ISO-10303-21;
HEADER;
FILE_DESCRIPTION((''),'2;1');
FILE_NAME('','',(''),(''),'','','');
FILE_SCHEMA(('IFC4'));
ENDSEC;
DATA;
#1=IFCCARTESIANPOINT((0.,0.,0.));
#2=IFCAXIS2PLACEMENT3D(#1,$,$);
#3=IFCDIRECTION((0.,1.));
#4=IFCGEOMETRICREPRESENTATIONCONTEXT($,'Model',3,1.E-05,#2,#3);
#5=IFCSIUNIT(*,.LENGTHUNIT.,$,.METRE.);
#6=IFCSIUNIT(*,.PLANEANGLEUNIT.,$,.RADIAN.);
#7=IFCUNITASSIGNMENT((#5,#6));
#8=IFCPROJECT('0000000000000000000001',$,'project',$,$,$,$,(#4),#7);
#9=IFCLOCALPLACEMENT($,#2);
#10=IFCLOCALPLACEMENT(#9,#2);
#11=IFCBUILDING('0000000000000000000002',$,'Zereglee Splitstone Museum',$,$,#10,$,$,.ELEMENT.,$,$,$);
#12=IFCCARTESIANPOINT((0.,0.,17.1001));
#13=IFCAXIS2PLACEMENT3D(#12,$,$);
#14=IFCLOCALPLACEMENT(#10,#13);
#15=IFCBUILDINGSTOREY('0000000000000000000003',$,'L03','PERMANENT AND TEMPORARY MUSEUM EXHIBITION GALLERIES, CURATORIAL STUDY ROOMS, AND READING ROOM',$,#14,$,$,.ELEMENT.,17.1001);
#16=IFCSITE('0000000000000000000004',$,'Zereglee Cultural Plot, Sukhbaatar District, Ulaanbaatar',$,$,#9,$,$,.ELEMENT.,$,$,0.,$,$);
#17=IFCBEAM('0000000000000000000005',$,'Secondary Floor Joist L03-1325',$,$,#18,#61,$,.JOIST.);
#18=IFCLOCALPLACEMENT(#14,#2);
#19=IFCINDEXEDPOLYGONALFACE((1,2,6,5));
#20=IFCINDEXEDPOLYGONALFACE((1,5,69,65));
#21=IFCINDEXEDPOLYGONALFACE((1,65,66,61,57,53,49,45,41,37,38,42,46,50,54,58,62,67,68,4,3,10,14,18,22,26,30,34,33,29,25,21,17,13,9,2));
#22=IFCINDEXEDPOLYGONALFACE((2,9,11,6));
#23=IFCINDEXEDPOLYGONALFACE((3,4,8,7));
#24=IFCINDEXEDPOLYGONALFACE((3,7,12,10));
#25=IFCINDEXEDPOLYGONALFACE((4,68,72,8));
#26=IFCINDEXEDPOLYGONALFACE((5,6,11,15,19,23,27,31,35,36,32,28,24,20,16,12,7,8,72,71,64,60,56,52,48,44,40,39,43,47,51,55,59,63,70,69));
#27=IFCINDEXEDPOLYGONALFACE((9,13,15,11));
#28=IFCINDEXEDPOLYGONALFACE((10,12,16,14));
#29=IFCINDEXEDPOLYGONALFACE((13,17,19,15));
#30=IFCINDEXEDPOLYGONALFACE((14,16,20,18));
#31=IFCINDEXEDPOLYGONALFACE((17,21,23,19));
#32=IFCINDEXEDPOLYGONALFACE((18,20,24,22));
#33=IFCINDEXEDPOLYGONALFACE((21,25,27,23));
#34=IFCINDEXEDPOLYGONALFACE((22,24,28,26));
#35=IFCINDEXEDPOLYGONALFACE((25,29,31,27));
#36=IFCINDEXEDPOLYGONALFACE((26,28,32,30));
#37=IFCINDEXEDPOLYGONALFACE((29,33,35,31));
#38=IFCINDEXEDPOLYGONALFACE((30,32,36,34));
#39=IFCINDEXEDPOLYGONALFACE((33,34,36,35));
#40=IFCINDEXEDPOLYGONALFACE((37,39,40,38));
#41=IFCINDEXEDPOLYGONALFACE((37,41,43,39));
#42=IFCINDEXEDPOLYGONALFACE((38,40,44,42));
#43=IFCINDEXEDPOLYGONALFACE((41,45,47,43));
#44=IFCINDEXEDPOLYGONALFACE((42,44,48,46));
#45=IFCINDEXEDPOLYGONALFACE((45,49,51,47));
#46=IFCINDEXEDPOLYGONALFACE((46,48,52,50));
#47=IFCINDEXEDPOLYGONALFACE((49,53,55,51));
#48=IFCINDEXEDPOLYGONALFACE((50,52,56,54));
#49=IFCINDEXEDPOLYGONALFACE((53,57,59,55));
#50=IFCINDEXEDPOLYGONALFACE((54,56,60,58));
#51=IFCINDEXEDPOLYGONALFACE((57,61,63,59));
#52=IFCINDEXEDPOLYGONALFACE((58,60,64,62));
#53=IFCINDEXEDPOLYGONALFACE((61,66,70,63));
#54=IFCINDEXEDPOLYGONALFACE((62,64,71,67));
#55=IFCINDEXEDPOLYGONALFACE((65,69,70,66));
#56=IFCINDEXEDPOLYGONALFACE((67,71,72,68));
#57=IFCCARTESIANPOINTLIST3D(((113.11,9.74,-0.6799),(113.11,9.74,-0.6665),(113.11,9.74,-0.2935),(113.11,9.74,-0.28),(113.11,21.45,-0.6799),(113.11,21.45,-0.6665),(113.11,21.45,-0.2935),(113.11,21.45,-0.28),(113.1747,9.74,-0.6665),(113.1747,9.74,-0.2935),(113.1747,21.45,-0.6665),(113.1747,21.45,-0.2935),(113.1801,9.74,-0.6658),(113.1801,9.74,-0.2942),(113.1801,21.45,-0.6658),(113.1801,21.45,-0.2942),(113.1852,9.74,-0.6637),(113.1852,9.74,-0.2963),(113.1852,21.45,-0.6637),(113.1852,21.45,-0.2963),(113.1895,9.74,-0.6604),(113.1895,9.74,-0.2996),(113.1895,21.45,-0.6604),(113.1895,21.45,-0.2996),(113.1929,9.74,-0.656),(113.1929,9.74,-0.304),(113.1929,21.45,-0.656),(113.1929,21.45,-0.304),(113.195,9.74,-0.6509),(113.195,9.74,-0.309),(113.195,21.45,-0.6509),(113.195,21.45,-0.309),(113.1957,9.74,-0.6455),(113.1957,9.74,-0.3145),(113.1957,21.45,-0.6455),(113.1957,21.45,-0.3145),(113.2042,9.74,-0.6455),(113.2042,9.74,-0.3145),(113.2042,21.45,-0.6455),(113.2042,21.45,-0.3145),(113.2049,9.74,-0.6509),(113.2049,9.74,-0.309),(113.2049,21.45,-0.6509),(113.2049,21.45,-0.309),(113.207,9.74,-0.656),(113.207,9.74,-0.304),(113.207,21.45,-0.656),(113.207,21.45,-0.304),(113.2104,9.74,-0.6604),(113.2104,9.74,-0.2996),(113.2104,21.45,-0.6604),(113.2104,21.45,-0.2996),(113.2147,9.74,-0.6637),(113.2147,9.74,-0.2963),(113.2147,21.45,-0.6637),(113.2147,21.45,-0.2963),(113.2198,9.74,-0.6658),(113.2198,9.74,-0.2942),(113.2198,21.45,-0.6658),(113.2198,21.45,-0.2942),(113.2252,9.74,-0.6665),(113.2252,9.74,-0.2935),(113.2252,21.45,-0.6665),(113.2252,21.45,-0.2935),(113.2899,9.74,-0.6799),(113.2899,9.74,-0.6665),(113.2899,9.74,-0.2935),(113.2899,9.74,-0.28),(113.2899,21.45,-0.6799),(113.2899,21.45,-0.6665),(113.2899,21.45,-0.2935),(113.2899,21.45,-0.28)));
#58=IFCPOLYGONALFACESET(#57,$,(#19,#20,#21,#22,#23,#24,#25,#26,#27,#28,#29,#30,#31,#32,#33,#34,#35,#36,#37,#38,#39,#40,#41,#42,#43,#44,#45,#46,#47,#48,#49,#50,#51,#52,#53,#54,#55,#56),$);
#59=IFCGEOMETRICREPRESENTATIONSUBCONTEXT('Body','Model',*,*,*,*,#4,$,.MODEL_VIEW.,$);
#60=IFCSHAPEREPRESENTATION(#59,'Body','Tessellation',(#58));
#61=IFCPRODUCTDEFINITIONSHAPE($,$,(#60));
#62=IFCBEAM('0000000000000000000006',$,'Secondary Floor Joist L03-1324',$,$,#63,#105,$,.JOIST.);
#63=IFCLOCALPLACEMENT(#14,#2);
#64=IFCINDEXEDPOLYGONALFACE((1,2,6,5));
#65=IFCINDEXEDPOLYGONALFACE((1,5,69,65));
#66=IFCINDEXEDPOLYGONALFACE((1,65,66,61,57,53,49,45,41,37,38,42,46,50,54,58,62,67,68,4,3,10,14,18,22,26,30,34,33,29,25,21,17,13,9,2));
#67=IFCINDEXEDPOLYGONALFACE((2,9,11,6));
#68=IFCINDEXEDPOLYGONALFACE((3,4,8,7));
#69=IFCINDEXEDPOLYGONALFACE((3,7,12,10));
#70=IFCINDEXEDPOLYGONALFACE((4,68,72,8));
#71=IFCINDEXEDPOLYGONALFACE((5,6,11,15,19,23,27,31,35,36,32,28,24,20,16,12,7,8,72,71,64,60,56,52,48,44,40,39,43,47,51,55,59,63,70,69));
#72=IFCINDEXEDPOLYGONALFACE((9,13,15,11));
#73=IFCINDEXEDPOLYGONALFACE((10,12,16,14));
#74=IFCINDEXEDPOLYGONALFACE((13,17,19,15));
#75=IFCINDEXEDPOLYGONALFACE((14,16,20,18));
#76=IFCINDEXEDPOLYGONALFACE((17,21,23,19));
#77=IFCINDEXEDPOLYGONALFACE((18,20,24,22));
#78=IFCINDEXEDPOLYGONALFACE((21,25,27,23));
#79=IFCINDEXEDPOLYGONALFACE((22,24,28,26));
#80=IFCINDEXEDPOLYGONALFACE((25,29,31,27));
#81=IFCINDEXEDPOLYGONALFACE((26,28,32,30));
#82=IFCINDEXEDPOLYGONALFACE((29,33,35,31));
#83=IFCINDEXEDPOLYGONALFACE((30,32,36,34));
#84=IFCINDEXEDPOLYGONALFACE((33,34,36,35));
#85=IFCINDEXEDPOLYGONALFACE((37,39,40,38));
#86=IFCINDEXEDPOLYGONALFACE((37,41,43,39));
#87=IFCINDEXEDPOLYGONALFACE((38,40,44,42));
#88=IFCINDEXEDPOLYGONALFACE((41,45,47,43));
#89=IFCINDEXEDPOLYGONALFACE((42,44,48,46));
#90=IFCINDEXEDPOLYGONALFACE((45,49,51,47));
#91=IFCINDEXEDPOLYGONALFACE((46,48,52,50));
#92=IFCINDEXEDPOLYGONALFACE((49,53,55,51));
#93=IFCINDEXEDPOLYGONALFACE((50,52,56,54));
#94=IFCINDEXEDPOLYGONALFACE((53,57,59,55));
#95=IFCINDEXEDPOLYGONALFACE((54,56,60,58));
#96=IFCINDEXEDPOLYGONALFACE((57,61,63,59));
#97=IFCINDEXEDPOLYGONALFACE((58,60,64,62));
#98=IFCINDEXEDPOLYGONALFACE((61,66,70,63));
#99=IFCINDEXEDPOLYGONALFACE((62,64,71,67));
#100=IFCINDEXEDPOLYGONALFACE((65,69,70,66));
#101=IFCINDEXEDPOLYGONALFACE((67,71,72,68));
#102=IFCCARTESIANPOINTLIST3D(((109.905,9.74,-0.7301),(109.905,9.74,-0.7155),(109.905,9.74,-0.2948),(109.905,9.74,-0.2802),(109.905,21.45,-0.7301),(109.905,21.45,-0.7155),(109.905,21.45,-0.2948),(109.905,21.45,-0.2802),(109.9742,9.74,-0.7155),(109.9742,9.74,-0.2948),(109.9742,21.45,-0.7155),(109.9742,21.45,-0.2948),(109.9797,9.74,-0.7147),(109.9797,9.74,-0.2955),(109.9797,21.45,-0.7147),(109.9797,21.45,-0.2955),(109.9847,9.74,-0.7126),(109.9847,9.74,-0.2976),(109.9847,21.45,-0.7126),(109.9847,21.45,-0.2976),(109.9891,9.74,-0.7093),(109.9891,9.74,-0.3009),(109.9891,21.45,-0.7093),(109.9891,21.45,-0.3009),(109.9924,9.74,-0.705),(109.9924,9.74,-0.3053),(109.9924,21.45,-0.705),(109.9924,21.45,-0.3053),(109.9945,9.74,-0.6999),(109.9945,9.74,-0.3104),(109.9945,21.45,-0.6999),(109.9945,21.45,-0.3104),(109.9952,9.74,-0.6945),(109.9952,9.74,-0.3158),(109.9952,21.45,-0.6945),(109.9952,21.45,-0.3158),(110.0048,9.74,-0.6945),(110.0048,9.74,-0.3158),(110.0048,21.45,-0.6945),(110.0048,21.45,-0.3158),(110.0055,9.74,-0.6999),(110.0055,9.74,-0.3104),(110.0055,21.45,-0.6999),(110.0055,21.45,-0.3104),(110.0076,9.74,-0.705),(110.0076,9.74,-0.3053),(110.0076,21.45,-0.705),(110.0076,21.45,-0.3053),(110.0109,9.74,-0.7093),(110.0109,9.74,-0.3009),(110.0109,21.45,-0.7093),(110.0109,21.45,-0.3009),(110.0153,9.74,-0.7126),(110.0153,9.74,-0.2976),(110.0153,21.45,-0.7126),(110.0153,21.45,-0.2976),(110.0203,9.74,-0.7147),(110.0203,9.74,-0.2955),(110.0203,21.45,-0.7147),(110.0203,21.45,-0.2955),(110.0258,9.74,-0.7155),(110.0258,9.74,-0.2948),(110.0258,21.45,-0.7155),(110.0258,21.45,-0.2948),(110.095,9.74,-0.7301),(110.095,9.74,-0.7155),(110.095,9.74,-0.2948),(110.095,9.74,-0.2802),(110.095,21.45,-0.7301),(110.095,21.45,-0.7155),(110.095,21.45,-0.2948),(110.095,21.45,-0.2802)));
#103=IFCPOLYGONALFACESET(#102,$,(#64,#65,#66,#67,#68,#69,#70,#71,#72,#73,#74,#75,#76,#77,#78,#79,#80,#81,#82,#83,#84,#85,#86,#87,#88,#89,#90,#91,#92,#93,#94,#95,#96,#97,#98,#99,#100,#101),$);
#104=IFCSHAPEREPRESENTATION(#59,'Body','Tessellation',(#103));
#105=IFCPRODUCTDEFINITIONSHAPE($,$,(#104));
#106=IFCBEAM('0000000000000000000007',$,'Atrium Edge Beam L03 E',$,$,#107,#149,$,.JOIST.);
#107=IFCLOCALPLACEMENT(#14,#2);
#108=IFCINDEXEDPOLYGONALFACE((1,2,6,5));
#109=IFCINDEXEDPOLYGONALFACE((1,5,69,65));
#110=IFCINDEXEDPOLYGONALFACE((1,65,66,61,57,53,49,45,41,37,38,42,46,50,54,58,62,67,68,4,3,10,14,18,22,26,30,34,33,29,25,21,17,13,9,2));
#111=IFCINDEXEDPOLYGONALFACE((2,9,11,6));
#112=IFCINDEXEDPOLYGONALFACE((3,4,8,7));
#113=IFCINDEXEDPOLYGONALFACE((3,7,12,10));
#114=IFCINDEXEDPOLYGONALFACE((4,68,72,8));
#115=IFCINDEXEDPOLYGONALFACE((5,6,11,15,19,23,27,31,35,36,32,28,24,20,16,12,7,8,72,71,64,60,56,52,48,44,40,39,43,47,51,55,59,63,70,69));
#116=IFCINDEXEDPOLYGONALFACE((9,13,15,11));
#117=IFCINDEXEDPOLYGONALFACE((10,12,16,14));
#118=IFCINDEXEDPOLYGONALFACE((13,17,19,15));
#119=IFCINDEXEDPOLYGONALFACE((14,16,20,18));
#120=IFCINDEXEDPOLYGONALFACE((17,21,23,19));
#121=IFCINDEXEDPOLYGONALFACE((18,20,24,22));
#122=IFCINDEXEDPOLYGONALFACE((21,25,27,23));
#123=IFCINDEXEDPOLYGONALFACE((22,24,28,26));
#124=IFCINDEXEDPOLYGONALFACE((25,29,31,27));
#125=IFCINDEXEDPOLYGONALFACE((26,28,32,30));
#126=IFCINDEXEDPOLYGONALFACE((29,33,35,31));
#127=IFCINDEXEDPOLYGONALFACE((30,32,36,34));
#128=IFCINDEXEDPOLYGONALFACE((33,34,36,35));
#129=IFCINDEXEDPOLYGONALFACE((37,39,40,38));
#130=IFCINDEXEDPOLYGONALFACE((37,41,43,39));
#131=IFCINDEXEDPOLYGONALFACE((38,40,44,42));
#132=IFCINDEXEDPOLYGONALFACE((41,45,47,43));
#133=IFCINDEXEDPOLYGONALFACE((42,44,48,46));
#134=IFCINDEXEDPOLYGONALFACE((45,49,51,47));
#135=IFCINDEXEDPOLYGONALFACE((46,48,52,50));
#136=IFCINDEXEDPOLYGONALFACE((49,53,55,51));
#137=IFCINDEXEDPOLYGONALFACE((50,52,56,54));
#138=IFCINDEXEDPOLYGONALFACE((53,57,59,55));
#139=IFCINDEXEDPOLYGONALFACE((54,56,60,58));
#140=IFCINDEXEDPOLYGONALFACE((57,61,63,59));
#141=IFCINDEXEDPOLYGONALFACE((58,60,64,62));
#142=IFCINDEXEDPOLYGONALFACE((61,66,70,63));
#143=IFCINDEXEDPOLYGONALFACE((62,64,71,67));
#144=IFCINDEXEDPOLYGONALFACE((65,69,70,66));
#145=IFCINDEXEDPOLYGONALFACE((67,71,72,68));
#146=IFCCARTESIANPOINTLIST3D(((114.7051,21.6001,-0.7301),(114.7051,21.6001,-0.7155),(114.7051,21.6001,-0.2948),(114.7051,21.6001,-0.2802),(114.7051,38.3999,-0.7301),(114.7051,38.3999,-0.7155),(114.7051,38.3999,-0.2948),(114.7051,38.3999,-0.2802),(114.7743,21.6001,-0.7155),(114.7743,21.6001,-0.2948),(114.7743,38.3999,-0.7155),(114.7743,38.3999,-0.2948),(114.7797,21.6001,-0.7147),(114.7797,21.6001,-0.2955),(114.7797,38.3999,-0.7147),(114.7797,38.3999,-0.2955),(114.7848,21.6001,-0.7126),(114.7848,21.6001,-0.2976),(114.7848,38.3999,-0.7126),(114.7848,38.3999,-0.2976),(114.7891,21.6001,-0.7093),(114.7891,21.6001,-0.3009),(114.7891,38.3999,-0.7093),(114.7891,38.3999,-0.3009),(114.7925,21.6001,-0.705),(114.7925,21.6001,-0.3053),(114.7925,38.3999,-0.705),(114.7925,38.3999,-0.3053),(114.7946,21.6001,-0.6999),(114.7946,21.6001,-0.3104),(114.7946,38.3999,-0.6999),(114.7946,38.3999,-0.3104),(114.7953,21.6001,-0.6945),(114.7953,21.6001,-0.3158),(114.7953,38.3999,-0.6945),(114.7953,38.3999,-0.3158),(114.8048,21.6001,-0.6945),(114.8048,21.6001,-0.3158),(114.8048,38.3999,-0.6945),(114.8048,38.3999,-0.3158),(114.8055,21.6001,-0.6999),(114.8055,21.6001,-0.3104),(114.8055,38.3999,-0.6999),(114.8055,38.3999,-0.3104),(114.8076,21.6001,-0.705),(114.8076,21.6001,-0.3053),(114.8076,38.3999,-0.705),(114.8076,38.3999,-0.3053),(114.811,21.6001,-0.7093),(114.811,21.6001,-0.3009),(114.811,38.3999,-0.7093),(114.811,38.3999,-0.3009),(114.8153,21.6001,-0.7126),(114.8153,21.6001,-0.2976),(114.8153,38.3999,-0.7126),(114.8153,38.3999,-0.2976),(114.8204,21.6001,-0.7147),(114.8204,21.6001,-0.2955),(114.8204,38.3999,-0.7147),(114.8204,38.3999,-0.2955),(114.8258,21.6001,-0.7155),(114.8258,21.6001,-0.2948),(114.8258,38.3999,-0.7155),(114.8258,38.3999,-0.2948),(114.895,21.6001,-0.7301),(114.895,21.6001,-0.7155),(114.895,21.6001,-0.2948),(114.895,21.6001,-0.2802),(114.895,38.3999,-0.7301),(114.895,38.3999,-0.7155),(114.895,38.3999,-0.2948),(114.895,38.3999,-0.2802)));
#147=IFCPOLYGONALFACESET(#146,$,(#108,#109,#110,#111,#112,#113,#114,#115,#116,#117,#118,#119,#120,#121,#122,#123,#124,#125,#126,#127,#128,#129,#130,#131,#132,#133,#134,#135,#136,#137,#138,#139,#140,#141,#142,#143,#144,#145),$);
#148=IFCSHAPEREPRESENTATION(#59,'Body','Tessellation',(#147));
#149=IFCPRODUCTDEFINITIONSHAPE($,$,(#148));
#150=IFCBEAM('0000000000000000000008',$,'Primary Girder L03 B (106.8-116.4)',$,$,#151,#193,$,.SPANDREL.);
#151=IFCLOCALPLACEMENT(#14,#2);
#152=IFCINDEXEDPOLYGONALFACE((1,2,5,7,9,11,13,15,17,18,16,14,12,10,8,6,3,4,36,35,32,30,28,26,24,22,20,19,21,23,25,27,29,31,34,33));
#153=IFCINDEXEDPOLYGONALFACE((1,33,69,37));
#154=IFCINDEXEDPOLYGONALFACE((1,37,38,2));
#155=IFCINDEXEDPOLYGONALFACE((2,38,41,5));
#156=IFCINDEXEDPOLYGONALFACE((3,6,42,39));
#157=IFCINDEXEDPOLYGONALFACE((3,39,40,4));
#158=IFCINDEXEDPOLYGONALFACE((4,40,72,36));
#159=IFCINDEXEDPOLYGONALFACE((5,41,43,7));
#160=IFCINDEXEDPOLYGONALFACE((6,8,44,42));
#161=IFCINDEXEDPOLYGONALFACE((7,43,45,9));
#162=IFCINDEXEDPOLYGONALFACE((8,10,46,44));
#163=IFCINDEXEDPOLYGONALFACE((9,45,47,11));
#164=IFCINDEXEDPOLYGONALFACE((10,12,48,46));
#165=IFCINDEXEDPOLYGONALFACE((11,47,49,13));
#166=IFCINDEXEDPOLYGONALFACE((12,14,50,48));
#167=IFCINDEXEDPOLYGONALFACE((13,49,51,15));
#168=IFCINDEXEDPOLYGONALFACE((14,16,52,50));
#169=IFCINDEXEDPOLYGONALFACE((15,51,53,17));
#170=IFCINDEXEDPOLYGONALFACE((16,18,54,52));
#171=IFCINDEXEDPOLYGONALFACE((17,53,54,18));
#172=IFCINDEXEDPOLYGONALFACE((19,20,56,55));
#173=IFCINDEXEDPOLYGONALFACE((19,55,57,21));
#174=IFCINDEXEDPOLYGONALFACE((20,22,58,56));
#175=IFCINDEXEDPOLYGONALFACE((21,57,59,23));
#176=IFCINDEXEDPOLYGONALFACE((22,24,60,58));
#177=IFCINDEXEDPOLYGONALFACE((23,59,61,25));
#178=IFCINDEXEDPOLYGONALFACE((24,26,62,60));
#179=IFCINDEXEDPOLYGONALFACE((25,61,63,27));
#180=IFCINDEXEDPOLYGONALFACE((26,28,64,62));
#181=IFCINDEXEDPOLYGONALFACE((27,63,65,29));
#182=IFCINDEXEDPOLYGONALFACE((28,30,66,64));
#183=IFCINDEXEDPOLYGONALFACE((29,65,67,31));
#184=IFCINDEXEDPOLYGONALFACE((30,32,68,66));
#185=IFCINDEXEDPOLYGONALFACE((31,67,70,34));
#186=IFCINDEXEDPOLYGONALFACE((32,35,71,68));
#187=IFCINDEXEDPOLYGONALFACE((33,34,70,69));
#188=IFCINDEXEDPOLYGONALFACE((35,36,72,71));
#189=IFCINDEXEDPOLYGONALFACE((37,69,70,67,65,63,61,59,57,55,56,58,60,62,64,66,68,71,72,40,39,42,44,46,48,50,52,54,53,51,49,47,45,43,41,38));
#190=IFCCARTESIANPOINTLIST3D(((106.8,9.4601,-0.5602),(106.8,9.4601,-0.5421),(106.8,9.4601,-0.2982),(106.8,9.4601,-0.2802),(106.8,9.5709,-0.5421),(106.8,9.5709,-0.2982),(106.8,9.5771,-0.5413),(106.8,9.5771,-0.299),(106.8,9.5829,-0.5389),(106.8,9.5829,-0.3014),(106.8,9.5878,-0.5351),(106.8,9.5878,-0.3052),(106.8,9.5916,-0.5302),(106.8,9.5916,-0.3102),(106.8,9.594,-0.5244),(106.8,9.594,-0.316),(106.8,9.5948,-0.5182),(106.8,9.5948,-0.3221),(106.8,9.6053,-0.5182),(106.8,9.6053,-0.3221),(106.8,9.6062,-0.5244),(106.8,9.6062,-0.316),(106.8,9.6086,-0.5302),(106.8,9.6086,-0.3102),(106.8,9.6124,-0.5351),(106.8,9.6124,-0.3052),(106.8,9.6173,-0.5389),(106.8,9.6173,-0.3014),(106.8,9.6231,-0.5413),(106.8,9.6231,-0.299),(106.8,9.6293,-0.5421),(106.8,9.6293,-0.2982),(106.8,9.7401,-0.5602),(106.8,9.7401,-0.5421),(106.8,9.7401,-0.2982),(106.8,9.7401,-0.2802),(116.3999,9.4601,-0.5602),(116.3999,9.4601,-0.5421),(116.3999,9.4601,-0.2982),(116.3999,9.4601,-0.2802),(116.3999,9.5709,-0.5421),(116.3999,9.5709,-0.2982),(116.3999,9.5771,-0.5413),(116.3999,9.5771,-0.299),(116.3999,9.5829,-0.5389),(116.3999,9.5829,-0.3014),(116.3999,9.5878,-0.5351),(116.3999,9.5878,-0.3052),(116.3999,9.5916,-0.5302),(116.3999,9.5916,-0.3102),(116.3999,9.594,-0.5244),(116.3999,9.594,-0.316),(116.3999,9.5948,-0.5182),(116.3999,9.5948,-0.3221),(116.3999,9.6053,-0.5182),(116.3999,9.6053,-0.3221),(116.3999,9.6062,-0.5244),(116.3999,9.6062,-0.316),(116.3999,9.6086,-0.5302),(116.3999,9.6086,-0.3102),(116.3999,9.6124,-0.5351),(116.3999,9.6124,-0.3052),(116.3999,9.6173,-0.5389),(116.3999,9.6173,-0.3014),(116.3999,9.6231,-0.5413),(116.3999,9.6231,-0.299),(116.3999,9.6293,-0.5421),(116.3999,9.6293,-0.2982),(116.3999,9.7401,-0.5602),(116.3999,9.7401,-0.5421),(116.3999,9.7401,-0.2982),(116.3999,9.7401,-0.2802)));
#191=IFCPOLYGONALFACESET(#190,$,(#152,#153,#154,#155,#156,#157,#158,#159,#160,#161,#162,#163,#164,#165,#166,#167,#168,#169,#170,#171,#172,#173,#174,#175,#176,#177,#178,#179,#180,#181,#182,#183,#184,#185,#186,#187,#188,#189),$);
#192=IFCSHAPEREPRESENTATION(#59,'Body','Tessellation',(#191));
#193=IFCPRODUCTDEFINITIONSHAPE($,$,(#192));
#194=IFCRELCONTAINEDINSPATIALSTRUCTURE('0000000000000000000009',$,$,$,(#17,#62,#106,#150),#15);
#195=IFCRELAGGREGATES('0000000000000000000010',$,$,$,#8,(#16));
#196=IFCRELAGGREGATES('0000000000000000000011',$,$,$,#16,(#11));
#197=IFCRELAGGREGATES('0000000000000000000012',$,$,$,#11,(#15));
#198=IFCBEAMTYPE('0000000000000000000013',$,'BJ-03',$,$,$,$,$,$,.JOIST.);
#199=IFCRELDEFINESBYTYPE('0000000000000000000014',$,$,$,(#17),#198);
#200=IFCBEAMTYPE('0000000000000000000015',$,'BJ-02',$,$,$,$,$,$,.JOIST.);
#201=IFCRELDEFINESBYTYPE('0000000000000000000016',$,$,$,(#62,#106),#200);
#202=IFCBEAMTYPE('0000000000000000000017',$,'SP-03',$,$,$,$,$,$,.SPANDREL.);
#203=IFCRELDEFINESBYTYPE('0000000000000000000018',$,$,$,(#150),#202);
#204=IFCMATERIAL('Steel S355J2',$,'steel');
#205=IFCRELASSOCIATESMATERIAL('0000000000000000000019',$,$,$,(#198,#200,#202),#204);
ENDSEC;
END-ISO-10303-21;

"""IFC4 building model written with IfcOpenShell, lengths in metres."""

from ifc_helpers import new_model, si_unit, direction, frame, origin, origin_2d, place, context, subcontext, project, spatial, i_section, extrude, material, material_profile, profile_set, type_object, element, save


model = new_model("IFC4")

# Units and contexts
model_context = context("Model", 3, precision=1e-05, world=origin(), true_north=direction((0.0, 1.0)))
body_context = subcontext(model_context, "Body", "Model", "MODEL_VIEW")
ifc_project = project(units=[si_unit("LENGTHUNIT", "METRE"), si_unit("PLANEANGLEUNIT", "RADIAN")], contexts=[model_context])

# Site, building, storey
site_placement = place(None, origin())
site = spatial("IfcSite", under=ifc_project, at=site_placement, Name="Zereglee Cultural Plot, Sukhbaatar District, Ulaanbaatar", CompositionType="ELEMENT", RefElevation=0.0)
building_placement = place(site_placement, origin())
building = spatial("IfcBuilding", under=site, at=building_placement, Name="Zereglee Splitstone Museum", CompositionType="ELEMENT")
storey_placement = place(building_placement, frame((0.0, 0.0, 17.1001)))
storey = spatial("IfcBuildingStorey", under=building, at=storey_placement, Name="L03", Description="PERMANENT AND TEMPORARY MUSEUM EXHIBITION GALLERIES, CURATORIAL STUDY ROOMS, AND READING ROOM", CompositionType="ELEMENT", Elevation=17.1001)

# Shared definitions
ifc_material_1 = material(Name="Steel S355J2", Category="steel")

# Beams
ifc_material_profile_1 = material_profile(ifc_material_1, i_section(OverallWidth=0.1799, OverallDepth=0.3999, WebThickness=0.0085, FlangeThickness=0.0134, FilletRadius=0.021, at=origin_2d()), Name="IPE 400")
ifc_profile_set_1 = profile_set([ifc_material_profile_1], Name="Steel S355J2")
beam_type_1 = type_object("IfcBeamType", Name="BJ-03", PredefinedType="JOIST", material=ifc_profile_set_1)
beam_1_placement = place(storey_placement, frame((113.2, 9.74, -0.48), z_axis=(0.0, 1.0, 0.0), x_axis=(-1.0, 0.0, 0.0)))
element("IfcBeam", 1, at=beam_1_placement, inside=storey, type_object=beam_type_1, Name="Secondary Floor Joist L03-1325", PredefinedType="JOIST", context=body_context, shape_type="SweptSolid", body=[
    extrude(i_section(OverallWidth=0.1799, OverallDepth=0.3999, WebThickness=0.0085, FlangeThickness=0.0134, FilletRadius=0.021, at=origin_2d()), origin(), (0.0, 0.0, 1.0), 11.71),
])
ifc_material_profile_2 = material_profile(ifc_material_1, i_section(OverallWidth=0.1899, OverallDepth=0.45, WebThickness=0.0095, FlangeThickness=0.0146, FilletRadius=0.021, at=origin_2d()), Name="IPE 450")
ifc_profile_set_2 = profile_set([ifc_material_profile_2], Name="Steel S355J2")
beam_type_2 = type_object("IfcBeamType", Name="BJ-02", PredefinedType="JOIST", material=ifc_profile_set_2)
beam_2_placement = place(storey_placement, frame((110.0, 9.74, -0.5051), z_axis=(0.0, 1.0, 0.0), x_axis=(-1.0, 0.0, 0.0)))
element("IfcBeam", 2, at=beam_2_placement, inside=storey, type_object=beam_type_2, Name="Secondary Floor Joist L03-1324", PredefinedType="JOIST", context=body_context, shape_type="SweptSolid", body=[
    extrude(i_section(OverallWidth=0.1899, OverallDepth=0.45, WebThickness=0.0095, FlangeThickness=0.0146, FilletRadius=0.021, at=origin_2d()), origin(), (0.0, 0.0, 1.0), 11.71),
])
beam_3_placement = place(storey_placement, frame((114.8, 21.6001, -0.5051), z_axis=(0.0, 1.0, 0.0), x_axis=(-1.0, 0.0, 0.0)))
element("IfcBeam", 3, at=beam_3_placement, inside=storey, type_object=beam_type_2, Name="Atrium Edge Beam L03 E", PredefinedType="JOIST", context=body_context, shape_type="SweptSolid", body=[
    extrude(i_section(OverallWidth=0.1899, OverallDepth=0.45, WebThickness=0.0095, FlangeThickness=0.0146, FilletRadius=0.021, at=origin_2d()), origin(), (0.0, 0.0, 1.0), 16.7998),
])
ifc_material_profile_3 = material_profile(ifc_material_1, i_section(OverallWidth=0.28, OverallDepth=0.28, WebThickness=0.0105, FlangeThickness=0.0181, FilletRadius=0.0239, at=origin_2d()), Name="HE 280 B")
ifc_profile_set_3 = profile_set([ifc_material_profile_3], Name="Steel S355J2")
beam_type_3 = type_object("IfcBeamType", Name="SP-03", PredefinedType="SPANDREL", material=ifc_profile_set_3)
beam_4_placement = place(storey_placement, frame((106.8, 9.6001, -0.4202), z_axis=(1.0, 0.0, 0.0), x_axis=(0.0, 1.0, 0.0)))
element("IfcBeam", 4, at=beam_4_placement, inside=storey, type_object=beam_type_3, Name="Primary Girder L03 B (106.8-116.4)", PredefinedType="SPANDREL", context=body_context, shape_type="SweptSolid", body=[
    extrude(i_section(OverallWidth=0.28, OverallDepth=0.28, WebThickness=0.0105, FlangeThickness=0.0181, FilletRadius=0.0239, at=origin_2d()), origin(), (0.0, 0.0, 1.0), 9.5999),
])

save(model, "model.ifc")
